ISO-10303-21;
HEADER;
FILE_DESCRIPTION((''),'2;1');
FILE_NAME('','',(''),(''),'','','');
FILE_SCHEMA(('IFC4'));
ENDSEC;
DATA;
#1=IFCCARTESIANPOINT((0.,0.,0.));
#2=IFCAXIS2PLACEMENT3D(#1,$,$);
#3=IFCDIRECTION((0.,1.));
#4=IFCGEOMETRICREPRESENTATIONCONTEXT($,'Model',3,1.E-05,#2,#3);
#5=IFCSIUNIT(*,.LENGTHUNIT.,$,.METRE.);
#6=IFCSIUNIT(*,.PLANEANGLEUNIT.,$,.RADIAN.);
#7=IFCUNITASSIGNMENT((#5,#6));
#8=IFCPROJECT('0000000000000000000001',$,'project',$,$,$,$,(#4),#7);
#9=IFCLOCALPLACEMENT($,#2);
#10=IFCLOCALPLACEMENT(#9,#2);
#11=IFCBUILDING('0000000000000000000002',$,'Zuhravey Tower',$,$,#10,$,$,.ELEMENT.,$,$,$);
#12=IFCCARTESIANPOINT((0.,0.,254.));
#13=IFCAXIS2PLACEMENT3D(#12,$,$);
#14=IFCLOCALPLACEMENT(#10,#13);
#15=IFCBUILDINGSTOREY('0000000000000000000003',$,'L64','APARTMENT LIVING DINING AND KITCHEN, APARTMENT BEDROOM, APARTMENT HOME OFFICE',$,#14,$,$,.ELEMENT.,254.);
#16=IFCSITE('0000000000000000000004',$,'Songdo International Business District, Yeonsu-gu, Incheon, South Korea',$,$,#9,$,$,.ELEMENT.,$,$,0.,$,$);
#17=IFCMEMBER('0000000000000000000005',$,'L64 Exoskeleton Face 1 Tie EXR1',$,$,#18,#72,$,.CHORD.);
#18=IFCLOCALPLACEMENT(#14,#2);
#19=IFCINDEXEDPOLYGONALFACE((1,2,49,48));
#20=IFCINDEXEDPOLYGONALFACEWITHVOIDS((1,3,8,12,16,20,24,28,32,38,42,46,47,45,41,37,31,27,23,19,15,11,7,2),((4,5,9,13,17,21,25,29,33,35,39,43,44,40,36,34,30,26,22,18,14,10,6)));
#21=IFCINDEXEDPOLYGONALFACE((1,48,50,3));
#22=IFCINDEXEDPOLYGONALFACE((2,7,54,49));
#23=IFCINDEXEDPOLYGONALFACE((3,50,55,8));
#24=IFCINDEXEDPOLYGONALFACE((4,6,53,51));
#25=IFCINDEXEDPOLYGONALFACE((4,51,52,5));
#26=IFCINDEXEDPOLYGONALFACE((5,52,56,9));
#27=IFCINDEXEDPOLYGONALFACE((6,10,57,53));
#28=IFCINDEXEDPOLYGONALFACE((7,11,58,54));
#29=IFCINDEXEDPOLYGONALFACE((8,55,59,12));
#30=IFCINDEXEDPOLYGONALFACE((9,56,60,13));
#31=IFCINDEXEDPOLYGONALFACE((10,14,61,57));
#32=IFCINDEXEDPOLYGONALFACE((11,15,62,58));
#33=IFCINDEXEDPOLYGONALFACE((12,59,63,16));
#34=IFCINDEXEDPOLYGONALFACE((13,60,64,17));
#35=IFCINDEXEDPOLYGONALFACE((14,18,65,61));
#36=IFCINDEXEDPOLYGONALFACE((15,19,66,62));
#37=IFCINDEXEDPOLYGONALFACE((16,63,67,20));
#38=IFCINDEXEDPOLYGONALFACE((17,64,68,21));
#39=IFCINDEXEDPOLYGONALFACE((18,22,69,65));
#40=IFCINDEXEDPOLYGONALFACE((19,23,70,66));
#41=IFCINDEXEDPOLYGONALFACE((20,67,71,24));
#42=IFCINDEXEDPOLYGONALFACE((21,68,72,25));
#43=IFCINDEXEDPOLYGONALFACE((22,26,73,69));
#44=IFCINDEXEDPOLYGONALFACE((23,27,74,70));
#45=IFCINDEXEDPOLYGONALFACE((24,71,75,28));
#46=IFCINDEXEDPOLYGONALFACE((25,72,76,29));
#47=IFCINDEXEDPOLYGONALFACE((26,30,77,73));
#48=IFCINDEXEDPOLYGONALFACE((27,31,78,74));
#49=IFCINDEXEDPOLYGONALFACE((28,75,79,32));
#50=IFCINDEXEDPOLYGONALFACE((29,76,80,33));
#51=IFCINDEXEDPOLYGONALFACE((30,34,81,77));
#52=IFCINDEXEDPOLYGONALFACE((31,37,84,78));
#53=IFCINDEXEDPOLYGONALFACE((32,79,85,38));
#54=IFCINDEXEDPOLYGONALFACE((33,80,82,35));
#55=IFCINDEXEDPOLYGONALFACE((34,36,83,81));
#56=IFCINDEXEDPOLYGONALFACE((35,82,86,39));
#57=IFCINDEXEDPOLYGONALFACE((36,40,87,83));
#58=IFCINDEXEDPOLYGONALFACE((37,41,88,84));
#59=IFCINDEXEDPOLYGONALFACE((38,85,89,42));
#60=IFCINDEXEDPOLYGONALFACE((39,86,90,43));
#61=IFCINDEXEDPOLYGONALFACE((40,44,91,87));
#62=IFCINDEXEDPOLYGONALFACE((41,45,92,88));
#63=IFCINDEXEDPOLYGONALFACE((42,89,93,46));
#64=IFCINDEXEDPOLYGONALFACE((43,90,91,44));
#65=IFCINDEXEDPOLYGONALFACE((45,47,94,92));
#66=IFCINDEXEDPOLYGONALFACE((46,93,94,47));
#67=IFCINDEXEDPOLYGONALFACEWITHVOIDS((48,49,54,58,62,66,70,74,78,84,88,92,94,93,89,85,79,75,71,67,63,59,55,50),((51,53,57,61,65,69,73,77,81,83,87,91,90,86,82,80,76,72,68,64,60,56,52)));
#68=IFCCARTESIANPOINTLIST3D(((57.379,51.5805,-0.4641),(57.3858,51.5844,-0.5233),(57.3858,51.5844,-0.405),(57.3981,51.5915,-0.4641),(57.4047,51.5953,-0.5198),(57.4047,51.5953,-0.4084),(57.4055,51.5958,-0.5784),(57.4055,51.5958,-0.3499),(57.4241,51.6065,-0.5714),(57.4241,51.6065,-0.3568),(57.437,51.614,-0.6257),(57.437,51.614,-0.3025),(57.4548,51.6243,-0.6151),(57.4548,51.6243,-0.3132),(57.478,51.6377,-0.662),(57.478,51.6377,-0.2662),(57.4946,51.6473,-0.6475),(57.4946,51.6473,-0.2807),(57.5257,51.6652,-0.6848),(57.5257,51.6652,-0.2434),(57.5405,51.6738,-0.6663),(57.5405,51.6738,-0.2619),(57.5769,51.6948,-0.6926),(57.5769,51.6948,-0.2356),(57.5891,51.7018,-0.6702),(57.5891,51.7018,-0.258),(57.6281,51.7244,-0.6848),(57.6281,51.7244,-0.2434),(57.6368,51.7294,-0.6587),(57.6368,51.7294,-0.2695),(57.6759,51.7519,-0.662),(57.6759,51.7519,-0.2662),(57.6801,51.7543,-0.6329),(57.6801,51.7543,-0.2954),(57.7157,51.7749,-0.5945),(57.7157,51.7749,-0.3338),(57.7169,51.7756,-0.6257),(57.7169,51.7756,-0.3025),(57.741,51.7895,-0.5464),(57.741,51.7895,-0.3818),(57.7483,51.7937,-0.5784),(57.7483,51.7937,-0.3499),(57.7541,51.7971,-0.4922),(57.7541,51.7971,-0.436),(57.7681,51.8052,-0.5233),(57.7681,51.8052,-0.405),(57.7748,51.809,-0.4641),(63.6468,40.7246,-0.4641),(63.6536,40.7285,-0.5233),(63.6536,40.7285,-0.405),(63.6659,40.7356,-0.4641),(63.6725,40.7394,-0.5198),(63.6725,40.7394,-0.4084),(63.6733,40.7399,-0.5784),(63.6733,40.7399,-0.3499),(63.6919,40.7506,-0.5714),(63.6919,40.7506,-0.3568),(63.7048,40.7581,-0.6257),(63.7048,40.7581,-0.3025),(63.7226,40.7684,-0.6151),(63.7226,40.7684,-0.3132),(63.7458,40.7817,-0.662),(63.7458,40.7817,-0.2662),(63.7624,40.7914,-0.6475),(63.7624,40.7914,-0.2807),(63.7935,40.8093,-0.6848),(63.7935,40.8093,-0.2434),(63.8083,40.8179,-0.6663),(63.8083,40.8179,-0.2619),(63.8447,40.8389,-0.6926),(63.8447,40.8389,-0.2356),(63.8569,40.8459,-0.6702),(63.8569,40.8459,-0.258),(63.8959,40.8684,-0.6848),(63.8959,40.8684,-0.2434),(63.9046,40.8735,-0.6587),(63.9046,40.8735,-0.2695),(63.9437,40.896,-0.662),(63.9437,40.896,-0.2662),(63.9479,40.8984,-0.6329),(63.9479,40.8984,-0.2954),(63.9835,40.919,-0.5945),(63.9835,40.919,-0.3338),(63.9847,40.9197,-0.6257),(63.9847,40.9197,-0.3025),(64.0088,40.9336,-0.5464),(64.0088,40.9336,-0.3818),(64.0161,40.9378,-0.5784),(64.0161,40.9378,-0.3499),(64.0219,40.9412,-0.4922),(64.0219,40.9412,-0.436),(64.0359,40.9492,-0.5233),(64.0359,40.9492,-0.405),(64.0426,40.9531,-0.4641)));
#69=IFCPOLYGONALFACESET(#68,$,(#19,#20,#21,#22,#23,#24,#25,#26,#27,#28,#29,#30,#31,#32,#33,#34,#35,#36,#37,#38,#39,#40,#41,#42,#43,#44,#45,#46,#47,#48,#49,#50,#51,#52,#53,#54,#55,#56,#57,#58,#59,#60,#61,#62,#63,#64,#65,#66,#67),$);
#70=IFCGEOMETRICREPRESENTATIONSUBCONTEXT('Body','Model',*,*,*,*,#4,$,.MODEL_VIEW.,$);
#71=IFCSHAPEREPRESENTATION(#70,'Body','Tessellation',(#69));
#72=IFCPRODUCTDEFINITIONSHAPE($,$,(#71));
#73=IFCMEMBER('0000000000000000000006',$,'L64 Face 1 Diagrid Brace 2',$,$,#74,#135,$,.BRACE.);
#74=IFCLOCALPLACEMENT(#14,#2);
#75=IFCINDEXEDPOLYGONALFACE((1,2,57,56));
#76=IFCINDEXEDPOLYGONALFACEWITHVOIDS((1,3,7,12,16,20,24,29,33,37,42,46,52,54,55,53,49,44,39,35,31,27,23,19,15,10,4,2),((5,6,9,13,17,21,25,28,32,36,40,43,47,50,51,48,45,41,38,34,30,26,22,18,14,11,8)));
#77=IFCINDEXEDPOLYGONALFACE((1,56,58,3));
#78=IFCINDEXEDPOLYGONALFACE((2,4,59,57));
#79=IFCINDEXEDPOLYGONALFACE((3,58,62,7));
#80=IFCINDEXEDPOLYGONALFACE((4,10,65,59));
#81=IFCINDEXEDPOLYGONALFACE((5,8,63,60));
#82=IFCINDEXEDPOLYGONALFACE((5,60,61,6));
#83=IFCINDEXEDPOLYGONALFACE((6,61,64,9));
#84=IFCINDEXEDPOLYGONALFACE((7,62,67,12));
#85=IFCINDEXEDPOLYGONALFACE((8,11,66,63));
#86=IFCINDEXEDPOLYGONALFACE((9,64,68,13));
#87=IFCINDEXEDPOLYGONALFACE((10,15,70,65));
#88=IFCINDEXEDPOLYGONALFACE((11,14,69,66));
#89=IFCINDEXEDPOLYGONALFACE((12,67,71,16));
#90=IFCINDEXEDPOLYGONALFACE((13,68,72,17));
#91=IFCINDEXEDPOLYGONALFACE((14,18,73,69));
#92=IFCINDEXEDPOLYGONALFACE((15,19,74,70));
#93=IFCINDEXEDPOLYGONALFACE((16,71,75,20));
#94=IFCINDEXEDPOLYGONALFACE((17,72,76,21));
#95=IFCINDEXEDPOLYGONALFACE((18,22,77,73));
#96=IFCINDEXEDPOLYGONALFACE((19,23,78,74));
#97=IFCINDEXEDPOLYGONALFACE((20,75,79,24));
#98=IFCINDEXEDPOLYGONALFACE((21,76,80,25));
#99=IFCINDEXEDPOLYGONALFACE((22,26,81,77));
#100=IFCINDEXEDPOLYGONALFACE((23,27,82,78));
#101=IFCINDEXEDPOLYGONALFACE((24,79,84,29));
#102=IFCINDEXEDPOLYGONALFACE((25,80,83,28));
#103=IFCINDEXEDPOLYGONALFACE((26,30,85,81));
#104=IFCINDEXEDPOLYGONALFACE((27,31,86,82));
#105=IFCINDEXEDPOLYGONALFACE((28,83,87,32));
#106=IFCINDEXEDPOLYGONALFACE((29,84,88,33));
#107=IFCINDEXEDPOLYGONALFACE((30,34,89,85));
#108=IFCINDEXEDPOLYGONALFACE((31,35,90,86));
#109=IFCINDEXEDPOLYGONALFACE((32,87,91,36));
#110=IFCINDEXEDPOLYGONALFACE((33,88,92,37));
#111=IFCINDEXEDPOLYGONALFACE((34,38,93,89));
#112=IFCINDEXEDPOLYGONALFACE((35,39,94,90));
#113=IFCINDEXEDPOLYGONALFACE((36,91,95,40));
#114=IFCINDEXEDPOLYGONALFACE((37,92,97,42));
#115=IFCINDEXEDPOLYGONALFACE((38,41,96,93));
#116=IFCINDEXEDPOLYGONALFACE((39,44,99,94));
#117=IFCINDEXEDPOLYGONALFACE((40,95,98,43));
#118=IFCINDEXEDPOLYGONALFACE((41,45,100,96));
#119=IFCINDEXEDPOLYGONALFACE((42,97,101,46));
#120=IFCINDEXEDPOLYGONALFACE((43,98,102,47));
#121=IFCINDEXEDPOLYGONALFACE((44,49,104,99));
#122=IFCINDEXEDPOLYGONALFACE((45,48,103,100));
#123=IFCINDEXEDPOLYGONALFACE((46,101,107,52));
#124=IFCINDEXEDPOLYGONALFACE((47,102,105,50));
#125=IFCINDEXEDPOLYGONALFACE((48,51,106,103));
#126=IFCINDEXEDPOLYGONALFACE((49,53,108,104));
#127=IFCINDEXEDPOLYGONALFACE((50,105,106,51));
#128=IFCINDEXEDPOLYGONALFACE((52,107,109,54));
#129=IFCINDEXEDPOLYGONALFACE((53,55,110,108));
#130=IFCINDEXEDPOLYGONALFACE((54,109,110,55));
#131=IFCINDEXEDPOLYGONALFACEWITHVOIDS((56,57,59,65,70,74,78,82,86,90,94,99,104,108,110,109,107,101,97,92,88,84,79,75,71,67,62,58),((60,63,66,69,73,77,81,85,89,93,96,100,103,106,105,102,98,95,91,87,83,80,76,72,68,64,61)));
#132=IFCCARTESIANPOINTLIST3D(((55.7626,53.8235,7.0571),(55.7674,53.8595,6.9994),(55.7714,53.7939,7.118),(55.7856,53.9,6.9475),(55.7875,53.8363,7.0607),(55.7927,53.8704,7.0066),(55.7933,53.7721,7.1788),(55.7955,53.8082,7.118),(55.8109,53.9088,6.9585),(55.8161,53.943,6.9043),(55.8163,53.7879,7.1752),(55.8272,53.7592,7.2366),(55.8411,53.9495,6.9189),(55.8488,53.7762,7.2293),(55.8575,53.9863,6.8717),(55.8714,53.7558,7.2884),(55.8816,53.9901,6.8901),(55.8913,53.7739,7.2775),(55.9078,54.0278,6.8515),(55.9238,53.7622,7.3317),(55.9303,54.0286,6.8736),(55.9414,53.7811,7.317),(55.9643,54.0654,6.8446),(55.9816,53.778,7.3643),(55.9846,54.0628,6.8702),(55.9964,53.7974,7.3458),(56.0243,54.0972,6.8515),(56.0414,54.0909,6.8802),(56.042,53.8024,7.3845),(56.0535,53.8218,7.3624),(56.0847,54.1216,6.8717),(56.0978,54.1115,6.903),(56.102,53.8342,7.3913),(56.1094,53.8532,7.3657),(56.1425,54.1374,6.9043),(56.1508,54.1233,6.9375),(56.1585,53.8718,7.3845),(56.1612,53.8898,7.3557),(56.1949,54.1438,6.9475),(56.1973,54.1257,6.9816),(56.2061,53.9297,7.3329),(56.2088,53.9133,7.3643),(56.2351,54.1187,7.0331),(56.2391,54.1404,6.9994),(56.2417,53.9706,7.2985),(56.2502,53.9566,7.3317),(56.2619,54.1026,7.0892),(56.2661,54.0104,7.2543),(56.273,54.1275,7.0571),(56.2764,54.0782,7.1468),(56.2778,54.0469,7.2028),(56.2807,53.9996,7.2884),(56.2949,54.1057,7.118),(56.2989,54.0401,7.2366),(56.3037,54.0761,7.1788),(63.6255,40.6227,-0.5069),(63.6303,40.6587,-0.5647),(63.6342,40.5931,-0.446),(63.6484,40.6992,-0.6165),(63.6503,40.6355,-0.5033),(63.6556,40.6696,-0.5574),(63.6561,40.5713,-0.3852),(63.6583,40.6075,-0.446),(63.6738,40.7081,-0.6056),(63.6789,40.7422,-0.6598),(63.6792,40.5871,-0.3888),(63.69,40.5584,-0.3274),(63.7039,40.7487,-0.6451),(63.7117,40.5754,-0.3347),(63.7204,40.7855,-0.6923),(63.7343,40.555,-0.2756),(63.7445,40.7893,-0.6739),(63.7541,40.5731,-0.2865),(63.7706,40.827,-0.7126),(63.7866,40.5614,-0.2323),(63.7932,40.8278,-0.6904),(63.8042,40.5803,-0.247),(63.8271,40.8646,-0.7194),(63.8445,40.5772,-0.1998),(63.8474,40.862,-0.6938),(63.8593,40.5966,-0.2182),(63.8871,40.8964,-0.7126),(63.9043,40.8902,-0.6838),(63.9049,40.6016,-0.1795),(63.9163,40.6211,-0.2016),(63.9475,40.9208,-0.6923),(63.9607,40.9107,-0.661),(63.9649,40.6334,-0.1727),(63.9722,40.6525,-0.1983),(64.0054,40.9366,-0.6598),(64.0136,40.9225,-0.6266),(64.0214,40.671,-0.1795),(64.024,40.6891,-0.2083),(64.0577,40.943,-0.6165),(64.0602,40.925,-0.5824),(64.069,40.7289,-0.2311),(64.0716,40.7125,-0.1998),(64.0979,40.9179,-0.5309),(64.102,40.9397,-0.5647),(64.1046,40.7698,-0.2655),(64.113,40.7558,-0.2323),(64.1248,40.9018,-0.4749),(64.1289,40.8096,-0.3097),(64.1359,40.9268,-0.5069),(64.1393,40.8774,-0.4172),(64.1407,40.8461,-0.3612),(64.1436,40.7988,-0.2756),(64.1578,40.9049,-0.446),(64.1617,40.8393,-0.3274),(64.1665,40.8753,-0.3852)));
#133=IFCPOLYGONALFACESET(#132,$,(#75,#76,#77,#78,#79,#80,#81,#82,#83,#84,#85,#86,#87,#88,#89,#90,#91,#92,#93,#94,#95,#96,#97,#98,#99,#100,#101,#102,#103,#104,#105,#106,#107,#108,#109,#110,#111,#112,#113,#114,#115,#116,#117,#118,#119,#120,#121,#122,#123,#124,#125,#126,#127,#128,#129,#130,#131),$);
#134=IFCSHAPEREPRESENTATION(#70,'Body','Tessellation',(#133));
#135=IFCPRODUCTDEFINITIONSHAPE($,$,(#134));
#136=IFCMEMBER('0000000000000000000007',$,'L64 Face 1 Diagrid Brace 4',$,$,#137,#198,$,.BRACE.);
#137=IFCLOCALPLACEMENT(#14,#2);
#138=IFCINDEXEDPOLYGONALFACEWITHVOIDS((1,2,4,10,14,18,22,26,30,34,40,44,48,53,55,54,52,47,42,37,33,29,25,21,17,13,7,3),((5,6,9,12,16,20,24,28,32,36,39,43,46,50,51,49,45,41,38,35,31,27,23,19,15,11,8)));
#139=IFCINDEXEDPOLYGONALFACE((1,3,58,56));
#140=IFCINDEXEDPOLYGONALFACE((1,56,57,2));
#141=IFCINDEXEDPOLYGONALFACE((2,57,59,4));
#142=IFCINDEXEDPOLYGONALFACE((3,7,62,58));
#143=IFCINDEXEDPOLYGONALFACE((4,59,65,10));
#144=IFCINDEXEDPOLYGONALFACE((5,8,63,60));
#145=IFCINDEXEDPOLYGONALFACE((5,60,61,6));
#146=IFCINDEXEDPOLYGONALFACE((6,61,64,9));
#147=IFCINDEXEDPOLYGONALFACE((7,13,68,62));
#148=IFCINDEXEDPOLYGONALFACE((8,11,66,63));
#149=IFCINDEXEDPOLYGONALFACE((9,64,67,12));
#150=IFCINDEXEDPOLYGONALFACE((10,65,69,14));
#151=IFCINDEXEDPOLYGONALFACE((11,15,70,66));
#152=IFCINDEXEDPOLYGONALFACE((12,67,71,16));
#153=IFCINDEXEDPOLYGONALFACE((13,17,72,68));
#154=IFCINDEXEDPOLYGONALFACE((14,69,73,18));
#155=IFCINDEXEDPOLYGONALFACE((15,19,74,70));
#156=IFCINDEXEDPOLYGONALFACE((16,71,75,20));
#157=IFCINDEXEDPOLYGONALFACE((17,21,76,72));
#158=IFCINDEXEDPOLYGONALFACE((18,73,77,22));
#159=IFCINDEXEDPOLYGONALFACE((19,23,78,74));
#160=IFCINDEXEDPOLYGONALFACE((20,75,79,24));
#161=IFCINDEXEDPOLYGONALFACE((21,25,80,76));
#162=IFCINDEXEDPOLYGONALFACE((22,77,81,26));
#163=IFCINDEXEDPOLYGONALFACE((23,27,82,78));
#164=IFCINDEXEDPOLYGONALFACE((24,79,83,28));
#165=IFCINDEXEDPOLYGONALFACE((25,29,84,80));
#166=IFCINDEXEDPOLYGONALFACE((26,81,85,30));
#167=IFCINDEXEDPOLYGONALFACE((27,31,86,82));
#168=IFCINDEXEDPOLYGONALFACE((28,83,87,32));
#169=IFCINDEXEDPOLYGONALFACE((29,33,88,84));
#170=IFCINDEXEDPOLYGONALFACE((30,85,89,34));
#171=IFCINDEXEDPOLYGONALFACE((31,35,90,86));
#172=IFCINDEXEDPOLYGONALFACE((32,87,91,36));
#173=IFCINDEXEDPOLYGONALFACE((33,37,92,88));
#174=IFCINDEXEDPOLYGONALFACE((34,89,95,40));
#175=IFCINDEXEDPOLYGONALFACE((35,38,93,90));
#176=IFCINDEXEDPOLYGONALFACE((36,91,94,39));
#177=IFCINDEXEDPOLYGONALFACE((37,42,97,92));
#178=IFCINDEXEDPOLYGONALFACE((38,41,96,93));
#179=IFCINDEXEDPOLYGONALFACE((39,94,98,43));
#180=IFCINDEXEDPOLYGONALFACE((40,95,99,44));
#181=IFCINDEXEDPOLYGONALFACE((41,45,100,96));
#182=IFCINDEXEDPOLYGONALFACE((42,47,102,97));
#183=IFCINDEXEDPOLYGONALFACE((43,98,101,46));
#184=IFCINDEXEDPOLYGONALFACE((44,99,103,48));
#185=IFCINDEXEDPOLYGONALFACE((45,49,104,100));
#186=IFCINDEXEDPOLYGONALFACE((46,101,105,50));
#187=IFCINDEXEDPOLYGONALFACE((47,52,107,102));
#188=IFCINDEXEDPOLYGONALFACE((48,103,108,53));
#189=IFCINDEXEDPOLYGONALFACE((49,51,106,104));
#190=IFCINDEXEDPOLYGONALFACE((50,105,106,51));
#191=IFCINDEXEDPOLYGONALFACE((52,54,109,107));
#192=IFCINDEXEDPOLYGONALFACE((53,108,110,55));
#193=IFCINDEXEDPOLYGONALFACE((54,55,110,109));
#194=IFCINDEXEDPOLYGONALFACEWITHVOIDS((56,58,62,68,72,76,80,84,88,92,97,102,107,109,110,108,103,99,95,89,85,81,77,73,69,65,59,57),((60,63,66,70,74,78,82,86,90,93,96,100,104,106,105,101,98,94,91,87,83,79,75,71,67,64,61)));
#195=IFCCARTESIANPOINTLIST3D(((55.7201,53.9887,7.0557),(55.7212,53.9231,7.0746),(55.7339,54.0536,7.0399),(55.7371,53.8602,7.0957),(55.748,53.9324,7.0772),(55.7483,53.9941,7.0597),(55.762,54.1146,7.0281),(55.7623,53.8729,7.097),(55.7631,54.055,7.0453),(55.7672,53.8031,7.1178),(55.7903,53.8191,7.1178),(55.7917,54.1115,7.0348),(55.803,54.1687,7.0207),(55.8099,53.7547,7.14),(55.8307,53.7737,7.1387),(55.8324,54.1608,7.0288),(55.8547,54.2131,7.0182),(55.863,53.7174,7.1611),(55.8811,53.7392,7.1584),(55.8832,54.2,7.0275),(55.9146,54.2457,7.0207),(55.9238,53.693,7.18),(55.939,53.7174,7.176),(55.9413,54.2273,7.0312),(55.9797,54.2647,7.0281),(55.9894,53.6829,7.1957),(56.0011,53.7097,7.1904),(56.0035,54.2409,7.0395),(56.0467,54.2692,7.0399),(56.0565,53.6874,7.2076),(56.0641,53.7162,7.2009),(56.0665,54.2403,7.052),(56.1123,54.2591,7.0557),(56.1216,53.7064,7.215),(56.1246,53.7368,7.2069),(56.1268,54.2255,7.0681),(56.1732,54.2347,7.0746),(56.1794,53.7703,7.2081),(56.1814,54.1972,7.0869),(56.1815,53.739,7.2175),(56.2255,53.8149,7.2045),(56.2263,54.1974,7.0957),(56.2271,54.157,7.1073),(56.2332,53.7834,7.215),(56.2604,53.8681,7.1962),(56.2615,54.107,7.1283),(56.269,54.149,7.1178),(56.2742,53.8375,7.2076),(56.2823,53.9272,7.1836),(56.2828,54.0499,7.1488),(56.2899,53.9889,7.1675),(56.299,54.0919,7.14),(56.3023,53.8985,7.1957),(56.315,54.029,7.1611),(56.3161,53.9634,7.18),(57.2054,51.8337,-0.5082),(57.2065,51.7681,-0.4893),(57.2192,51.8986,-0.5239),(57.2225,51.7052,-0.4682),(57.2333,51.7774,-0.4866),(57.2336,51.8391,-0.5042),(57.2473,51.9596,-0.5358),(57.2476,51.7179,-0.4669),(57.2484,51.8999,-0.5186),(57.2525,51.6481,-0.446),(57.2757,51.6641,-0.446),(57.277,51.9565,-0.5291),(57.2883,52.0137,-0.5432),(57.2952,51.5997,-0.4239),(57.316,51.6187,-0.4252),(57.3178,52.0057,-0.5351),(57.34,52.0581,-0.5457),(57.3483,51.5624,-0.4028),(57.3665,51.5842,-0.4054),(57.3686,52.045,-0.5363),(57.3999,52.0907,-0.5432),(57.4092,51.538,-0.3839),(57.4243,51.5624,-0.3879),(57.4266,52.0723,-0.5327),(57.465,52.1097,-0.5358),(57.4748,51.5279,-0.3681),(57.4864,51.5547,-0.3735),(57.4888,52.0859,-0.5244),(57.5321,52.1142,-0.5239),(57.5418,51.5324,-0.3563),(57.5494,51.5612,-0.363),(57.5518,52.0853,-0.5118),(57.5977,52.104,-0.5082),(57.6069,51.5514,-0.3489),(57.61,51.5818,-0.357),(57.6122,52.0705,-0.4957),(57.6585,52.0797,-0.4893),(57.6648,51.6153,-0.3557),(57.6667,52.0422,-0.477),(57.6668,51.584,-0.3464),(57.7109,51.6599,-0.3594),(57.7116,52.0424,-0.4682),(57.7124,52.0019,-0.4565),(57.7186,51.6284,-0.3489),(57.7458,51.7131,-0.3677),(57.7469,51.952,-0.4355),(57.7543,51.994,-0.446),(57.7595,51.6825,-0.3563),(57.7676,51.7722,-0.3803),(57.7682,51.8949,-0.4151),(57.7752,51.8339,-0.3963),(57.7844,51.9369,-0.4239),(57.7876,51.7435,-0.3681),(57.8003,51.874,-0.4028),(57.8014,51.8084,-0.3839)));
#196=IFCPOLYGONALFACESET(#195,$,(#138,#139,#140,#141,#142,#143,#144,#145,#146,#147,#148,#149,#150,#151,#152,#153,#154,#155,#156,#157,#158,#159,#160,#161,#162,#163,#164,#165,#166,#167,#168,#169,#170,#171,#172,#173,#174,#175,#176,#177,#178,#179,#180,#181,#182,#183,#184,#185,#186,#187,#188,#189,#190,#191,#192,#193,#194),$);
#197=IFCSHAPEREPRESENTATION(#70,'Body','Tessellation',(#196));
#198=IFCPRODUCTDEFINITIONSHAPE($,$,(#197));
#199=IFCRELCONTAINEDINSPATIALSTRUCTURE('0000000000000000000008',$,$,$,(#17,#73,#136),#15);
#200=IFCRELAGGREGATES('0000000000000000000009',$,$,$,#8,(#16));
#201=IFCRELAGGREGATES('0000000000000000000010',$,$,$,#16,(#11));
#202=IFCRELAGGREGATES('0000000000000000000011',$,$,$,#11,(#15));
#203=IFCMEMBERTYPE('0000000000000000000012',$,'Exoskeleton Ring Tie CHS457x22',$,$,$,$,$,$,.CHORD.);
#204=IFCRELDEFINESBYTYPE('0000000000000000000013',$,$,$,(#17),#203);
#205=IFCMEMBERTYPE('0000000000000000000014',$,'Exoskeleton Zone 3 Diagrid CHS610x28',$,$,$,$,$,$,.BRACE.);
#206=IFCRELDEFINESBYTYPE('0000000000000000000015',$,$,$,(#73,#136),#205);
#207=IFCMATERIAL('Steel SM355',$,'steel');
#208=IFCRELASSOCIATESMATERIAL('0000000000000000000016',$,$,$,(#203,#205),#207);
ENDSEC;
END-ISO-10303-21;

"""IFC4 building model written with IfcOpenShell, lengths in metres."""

from ifc_helpers import new_model, si_unit, direction, frame, origin, origin_2d, place, context, subcontext, project, spatial, hollow_circle, extrude, material, material_profile, profile_set, type_object, element, save


model = new_model("IFC4")

# Units and contexts
model_context = context("Model", 3, precision=1e-05, world=origin(), true_north=direction((0.0, 1.0)))
body_context = subcontext(model_context, "Body", "Model", "MODEL_VIEW")
ifc_project = project(units=[si_unit("LENGTHUNIT", "METRE"), si_unit("PLANEANGLEUNIT", "RADIAN")], contexts=[model_context])

# Site, building, storey
site_placement = place(None, origin())
site = spatial("IfcSite", under=ifc_project, at=site_placement, Name="Songdo International Business District, Yeonsu-gu, Incheon, South Korea", CompositionType="ELEMENT", RefElevation=0.0)
building_placement = place(site_placement, origin())
building = spatial("IfcBuilding", under=site, at=building_placement, Name="Zuhravey Tower", CompositionType="ELEMENT")
storey_placement = place(building_placement, frame((0.0, 0.0, 254.0)))
storey = spatial("IfcBuildingStorey", under=building, at=storey_placement, Name="L64", Description="APARTMENT LIVING DINING AND KITCHEN, APARTMENT BEDROOM, APARTMENT HOME OFFICE", CompositionType="ELEMENT", Elevation=254.0)

# Members
ifc_material_1 = material(Name="Steel SM355", Category="steel")
ifc_material_profile_1 = material_profile(ifc_material_1, hollow_circle(Radius=0.2285, WallThickness=0.022, at=origin_2d()), Name="CHS-457.2x22")
ifc_profile_set_1 = profile_set([ifc_material_profile_1], Name="Steel SM355")
member_type_1 = type_object("IfcMemberType", Name="Exoskeleton Ring Tie CHS457x22", PredefinedType="CHORD", material=ifc_profile_set_1)
member_1_placement = place(storey_placement, frame((63.8447, 40.8389, -0.4641), z_axis=(-0.500008, 0.866021, 0.0), x_axis=(-0.866021, -0.500008, 0.0)))
element("IfcMember", 1, at=member_1_placement, inside=storey, type_object=member_type_1, Name="L64 Exoskeleton Face 1 Tie EXR1", PredefinedType="CHORD", context=body_context, shape_type="SweptSolid", body=[
    extrude(hollow_circle(Radius=0.2285, WallThickness=0.022, at=origin_2d()), origin(), (0.0, 0.0, 1.0), 12.5354),
])
ifc_material_profile_2 = material_profile(ifc_material_1, hollow_circle(Radius=0.3047, WallThickness=0.0281, at=origin_2d()), Name="CHS-609.6x28")
ifc_profile_set_2 = profile_set([ifc_material_profile_2], Name="Steel SM355")
member_type_2 = type_object("IfcMemberType", Name="Exoskeleton Zone 3 Diagrid CHS610x28", PredefinedType="BRACE", material=ifc_profile_set_2)
member_2_placement = place(storey_placement, frame((63.896, 40.749, -0.446), z_axis=(-0.459118, 0.770804, 0.441669), x_axis=(-0.859143, -0.511736, 0.0)))
element("IfcMember", 2, at=member_2_placement, inside=storey, type_object=member_type_2, Name="L64 Face 1 Diagrid Brace 2", PredefinedType="BRACE", context=body_context, shape_type="SweptSolid", body=[
    extrude(hollow_circle(Radius=0.3047, WallThickness=0.0281, at=origin_2d()), origin(), (0.0, 0.0, 1.0), 17.126),
])
member_3_placement = place(storey_placement, frame((57.5034, 51.821, -0.446), z_axis=(-0.185576, 0.269244, 0.945023), x_axis=(-0.823369, -0.567506, 0.0)))
element("IfcMember", 3, at=member_3_placement, inside=storey, type_object=member_type_2, Name="L64 Face 1 Diagrid Brace 4", PredefinedType="BRACE", context=body_context, shape_type="SweptSolid", body=[
    extrude(hollow_circle(Radius=0.3047, WallThickness=0.0281, at=origin_2d()), origin(), (0.0, 0.0, 1.0), 8.0039),
])

save(model, "model.ifc")
